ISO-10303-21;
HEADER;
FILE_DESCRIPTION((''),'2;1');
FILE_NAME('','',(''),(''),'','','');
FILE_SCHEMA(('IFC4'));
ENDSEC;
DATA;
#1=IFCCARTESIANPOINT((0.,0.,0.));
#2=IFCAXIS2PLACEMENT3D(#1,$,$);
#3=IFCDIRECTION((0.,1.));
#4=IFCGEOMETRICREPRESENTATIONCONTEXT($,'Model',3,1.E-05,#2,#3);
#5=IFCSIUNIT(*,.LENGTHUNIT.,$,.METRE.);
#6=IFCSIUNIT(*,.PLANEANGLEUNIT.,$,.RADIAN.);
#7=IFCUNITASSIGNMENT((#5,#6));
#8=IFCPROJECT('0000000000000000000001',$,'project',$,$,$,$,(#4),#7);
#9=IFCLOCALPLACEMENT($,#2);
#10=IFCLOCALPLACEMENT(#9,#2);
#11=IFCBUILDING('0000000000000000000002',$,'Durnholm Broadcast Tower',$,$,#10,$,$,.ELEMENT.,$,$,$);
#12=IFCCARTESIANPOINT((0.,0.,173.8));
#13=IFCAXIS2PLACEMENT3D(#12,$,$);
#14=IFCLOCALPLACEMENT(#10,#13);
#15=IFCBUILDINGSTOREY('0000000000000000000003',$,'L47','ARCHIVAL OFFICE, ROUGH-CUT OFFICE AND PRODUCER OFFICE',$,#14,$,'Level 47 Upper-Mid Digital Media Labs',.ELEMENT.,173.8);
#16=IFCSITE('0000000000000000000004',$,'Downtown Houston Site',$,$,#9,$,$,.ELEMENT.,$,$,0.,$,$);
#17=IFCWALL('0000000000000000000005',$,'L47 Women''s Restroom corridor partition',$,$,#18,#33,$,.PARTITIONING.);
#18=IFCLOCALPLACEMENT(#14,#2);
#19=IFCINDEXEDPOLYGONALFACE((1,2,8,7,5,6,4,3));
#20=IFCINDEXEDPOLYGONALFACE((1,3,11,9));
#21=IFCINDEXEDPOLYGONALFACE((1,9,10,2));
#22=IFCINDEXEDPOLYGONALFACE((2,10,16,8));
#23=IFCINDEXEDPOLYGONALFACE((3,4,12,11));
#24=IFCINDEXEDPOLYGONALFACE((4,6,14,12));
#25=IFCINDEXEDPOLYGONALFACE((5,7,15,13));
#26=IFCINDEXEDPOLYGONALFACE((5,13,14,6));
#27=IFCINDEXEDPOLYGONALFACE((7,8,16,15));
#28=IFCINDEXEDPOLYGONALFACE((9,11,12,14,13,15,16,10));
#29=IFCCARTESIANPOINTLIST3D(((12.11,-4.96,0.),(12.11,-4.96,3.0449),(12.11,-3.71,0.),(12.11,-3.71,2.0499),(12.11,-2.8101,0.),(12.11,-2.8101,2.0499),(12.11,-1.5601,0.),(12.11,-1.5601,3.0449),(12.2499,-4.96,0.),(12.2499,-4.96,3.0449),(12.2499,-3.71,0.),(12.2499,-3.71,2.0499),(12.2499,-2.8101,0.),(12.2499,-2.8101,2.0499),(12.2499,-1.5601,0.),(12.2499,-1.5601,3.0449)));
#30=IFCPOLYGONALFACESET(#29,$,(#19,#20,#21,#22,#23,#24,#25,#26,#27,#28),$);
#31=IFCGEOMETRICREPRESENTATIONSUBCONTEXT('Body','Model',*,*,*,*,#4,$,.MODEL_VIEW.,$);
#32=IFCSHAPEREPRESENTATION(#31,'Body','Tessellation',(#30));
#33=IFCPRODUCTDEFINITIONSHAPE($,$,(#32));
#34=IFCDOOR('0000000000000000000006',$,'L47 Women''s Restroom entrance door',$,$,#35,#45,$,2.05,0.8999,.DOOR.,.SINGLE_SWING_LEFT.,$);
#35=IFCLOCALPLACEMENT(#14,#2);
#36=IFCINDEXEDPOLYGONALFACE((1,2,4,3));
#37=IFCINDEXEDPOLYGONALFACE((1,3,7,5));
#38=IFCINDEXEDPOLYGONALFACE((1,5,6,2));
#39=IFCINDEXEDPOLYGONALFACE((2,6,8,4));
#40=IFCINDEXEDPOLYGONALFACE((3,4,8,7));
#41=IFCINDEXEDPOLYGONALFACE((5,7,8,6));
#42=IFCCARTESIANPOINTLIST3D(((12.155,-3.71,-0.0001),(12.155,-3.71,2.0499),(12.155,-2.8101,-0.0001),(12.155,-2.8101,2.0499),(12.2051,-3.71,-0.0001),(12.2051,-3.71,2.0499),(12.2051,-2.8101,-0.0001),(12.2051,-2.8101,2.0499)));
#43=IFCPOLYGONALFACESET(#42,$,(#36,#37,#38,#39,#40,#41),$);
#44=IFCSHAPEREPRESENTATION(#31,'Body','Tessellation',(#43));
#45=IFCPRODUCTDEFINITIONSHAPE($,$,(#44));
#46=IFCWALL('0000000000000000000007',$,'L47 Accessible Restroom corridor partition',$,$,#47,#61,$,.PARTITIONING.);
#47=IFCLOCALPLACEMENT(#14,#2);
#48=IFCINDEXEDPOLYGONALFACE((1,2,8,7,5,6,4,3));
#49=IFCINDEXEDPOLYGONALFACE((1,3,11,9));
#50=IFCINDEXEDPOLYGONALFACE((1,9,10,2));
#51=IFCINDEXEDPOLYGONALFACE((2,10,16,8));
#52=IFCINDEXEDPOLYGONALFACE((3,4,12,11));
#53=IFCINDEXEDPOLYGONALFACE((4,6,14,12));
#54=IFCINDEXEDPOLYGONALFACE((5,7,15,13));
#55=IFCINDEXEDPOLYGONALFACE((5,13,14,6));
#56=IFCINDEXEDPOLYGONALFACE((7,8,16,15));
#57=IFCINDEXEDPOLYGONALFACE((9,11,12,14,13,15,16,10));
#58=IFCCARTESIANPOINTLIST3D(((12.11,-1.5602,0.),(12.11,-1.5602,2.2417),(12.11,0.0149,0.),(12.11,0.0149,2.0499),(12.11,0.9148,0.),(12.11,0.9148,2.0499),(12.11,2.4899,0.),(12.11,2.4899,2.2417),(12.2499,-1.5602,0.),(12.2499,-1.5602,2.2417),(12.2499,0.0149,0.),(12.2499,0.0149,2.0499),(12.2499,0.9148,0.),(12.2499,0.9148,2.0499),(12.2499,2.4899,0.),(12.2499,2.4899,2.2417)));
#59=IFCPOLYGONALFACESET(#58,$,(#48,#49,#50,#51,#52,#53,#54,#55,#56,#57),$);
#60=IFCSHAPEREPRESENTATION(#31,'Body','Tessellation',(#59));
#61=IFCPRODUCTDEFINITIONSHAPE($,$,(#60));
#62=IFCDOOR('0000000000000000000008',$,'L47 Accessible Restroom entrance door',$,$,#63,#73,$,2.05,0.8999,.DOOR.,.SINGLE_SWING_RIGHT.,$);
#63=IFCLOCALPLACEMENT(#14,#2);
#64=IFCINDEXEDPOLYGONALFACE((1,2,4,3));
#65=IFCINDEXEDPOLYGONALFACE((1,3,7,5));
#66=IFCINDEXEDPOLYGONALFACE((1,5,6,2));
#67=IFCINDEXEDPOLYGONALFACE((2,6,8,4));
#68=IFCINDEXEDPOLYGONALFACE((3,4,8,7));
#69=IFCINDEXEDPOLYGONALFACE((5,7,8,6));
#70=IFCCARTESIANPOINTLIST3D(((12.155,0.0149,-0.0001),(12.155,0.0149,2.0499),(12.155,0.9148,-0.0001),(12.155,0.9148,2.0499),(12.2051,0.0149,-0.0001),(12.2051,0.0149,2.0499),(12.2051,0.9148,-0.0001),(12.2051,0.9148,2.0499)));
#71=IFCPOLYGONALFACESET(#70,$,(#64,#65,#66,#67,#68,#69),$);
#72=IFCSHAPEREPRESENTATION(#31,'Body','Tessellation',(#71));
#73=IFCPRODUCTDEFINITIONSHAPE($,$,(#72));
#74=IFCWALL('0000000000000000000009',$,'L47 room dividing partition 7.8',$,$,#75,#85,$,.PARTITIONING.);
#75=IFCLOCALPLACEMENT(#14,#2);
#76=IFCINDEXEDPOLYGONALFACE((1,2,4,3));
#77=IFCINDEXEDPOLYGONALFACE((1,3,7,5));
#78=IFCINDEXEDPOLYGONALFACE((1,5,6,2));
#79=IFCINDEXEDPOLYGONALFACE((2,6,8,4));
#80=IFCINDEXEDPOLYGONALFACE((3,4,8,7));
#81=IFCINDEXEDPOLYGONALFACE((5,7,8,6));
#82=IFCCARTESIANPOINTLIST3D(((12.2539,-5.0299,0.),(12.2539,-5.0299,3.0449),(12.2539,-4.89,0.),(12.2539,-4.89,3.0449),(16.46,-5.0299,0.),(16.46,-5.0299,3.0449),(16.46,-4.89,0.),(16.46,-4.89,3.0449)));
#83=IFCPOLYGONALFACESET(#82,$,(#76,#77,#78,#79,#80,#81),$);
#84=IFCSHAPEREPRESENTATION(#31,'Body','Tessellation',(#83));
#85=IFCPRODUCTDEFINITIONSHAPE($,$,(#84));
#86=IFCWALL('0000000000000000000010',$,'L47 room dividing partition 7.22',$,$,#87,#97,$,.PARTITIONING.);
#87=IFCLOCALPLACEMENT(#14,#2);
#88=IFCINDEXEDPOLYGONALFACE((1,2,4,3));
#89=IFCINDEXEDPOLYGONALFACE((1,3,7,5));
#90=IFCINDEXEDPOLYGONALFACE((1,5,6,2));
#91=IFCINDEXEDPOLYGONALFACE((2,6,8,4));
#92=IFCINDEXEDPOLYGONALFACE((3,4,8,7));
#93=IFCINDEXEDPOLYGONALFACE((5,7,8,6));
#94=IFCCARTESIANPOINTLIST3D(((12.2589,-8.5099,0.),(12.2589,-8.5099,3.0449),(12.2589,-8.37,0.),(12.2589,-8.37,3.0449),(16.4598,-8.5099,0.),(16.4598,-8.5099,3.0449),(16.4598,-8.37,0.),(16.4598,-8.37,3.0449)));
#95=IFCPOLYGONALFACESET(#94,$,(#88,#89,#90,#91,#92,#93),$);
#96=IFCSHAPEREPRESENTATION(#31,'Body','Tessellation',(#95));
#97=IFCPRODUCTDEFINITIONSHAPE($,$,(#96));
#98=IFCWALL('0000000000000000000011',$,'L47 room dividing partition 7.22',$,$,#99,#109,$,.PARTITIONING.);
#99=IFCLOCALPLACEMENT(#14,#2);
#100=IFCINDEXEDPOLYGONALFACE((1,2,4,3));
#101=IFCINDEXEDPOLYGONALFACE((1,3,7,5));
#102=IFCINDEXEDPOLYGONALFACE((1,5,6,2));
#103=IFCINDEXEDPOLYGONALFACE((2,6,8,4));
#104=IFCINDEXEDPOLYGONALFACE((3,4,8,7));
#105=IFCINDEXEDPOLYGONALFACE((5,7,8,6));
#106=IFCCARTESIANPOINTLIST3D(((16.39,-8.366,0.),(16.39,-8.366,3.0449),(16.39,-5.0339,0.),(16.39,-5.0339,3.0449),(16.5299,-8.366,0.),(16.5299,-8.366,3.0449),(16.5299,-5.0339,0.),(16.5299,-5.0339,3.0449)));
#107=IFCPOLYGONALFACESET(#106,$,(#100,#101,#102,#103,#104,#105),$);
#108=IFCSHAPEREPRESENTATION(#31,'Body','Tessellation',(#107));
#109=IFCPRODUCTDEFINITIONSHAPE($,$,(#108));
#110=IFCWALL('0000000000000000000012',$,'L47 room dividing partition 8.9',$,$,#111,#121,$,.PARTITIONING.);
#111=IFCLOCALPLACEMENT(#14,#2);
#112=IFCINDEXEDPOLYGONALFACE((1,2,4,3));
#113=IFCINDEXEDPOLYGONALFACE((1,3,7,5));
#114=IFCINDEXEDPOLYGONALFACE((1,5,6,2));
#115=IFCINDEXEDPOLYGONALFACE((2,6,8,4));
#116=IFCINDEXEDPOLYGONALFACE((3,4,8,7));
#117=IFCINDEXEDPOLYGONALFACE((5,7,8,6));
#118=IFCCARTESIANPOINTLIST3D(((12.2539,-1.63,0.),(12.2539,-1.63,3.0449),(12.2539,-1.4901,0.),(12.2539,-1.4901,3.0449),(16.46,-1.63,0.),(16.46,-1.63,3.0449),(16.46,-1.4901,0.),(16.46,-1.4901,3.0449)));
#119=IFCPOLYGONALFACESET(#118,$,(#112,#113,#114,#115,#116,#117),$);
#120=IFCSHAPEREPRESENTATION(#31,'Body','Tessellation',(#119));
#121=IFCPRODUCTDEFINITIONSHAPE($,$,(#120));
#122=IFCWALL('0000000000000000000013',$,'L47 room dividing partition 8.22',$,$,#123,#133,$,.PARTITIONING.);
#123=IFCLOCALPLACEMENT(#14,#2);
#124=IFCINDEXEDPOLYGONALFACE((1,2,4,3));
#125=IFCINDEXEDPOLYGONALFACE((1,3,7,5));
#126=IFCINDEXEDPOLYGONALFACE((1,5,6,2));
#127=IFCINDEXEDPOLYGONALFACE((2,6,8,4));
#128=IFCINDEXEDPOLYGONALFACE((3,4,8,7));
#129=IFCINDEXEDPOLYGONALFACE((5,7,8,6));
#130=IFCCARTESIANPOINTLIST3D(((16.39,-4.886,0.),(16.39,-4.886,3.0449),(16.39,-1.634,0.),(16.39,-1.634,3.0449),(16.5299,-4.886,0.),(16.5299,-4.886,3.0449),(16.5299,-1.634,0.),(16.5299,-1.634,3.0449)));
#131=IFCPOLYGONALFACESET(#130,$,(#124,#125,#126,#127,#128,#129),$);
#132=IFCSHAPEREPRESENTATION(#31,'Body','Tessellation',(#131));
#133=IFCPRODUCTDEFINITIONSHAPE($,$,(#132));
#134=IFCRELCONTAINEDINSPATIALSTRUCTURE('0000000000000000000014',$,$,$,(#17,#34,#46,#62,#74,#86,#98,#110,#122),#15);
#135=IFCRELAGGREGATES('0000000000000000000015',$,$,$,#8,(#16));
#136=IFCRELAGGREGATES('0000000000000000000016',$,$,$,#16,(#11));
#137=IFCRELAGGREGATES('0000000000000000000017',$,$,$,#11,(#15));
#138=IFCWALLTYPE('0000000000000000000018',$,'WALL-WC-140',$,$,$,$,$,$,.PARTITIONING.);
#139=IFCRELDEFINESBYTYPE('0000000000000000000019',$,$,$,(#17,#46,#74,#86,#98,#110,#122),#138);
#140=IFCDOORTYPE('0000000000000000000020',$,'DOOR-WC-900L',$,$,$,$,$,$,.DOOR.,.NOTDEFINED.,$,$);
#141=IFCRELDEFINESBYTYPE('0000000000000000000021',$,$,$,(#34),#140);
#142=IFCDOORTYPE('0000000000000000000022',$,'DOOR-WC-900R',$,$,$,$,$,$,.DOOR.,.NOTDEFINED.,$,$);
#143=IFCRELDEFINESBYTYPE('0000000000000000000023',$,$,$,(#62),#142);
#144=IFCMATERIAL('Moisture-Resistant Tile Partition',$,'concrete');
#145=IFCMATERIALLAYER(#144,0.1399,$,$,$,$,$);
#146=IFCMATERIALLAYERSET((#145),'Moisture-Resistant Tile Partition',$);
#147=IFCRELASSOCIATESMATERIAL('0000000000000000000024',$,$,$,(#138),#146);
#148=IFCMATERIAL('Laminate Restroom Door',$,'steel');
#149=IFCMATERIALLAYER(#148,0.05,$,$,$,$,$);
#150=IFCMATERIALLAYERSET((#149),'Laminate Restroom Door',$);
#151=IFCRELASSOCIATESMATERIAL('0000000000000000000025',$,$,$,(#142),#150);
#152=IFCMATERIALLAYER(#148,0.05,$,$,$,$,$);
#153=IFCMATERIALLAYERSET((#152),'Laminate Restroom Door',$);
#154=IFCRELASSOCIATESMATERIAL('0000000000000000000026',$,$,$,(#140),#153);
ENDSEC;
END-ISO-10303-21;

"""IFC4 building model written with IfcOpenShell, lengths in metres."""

from ifc_helpers import new_model, si_unit, direction, frame, frame_2d, origin, place, context, subcontext, project, spatial, rectangle, extrude, source, transform, mapped, material, layer, layer_set, type_object, type_shapes, element, fill, save


model = new_model("IFC4")

# Units and contexts
model_context = context("Model", 3, precision=1e-05, world=origin(), true_north=direction((0.0, 1.0)))
body_context = subcontext(model_context, "Body", "Model", "MODEL_VIEW")
ifc_project = project(units=[si_unit("LENGTHUNIT", "METRE"), si_unit("PLANEANGLEUNIT", "RADIAN")], contexts=[model_context])

# Site, building, storey
site_placement = place(None, origin())
site = spatial("IfcSite", under=ifc_project, at=site_placement, Name="Downtown Houston Site", CompositionType="ELEMENT", RefElevation=0.0)
building_placement = place(site_placement, origin())
building = spatial("IfcBuilding", under=site, at=building_placement, Name="Durnholm Broadcast Tower", CompositionType="ELEMENT")
storey_placement = place(building_placement, frame((0.0, 0.0, 173.8)))
storey = spatial("IfcBuildingStorey", under=building, at=storey_placement, Name="L47", Description="ARCHIVAL OFFICE, ROUGH-CUT OFFICE AND PRODUCER OFFICE", LongName="Level 47 Upper-Mid Digital Media Labs", CompositionType="ELEMENT", Elevation=173.8)

# Walls, openings, doors
ifc_material_1 = material(Name="Moisture-Resistant Tile Partition", Category="concrete")
ifc_layer_1 = layer(ifc_material_1, 0.1399)
ifc_layer_set_1 = layer_set([ifc_layer_1], Name="Moisture-Resistant Tile Partition")
wall_type = type_object("IfcWallType", Name="WALL-WC-140", PredefinedType="PARTITIONING", material=ifc_layer_set_1)
ifc_material_2 = material(Name="Laminate Restroom Door", Category="steel")
ifc_layer_2 = layer(ifc_material_2, 0.05)
ifc_layer_set_2 = layer_set([ifc_layer_2], Name="Laminate Restroom Door")
door_type_1 = type_object("IfcDoorType", Name="DOOR-WC-900R", OperationType="NOTDEFINED", PredefinedType="DOOR", material=ifc_layer_set_2)
shared_shape_1 = source(origin(), body_context, "Body", "SweptSolid", [
    extrude(rectangle(XDim=0.8999, YDim=2.05, at=frame_2d((0.45, 1.0249))), frame((0.0, 0.0249, 0.0), z_axis=(0.0, -1.0, 0.0), x_axis=(1.0, 0.0, 0.0)), (0.0, 0.0, 1.0), 0.05),
])
type_shapes(door_type_1, [shared_shape_1])
wall_1_placement = place(storey_placement, frame((12.1799, -4.96, 0.0), z_axis=(0.0, 0.0, 1.0), x_axis=(0.0, 1.0, 0.0)))
wall_1 = element("IfcWall", 1, at=wall_1_placement, inside=storey, type_object=wall_type, Name="L47 Women's Restroom corridor partition", PredefinedType="PARTITIONING", context=body_context, shape_type="SweptSolid", body=[
    extrude(rectangle(XDim=3.3999, YDim=0.1399, at=frame_2d((1.7, 0.0))), origin(), (0.0, 0.0, 1.0), 3.0449),
])
opening_1_placement = place(wall_1_placement, frame((1.25, 0.0, 0.0)))
opening_1 = element("IfcOpeningElement", 2, at=opening_1_placement, cuts=wall_1, PredefinedType="OPENING", context=body_context, shape_type="SweptSolid", body=[
    extrude(rectangle(XDim=0.8999, YDim=2.05, at=frame_2d((0.45, 1.0249))), frame((0.0, 0.0801, 0.0), z_axis=(0.0, -1.0, 0.0), x_axis=(1.0, 0.0, 0.0)), (0.0, 0.0, 1.0), 0.1599),
])
ifc_layer_3 = layer(ifc_material_2, 0.05)
ifc_layer_set_3 = layer_set([ifc_layer_3], Name="Laminate Restroom Door")
door_type_2 = type_object("IfcDoorType", Name="DOOR-WC-900L", OperationType="NOTDEFINED", PredefinedType="DOOR", material=ifc_layer_set_3)
shared_shape_2 = source(origin(), body_context, "Body", "SweptSolid", [
    extrude(rectangle(XDim=0.8999, YDim=2.05, at=frame_2d((0.45, 1.0249))), frame((0.0, 0.0249, 0.0), z_axis=(0.0, -1.0, 0.0), x_axis=(1.0, 0.0, 0.0)), (0.0, 0.0, 1.0), 0.05),
])
type_shapes(door_type_2, [shared_shape_2])
door_1_placement = place(opening_1_placement, origin())
door_1 = element("IfcDoor", 3, at=door_1_placement, inside=storey, type_object=door_type_2, Name="L47 Women's Restroom entrance door", OperationType="SINGLE_SWING_LEFT", OverallHeight=2.05, OverallWidth=0.8999, PredefinedType="DOOR", context=body_context, shape_type="MappedRepresentation", body=[
    mapped(shared_shape_2, transform((0.0, 0.0, 0.0), x_axis=(1.0, 0.0, 0.0), y_axis=(0.0, 1.0, 0.0), z_axis=(0.0, 0.0, 1.0), scale=1.0)),
])
fill(opening_1, door_1)
wall_2_placement = place(storey_placement, frame((12.1799, -1.5601, 0.0), z_axis=(0.0, 0.0, 1.0), x_axis=(0.0, 1.0, 0.0)))
wall_2 = element("IfcWall", 4, at=wall_2_placement, inside=storey, type_object=wall_type, Name="L47 Accessible Restroom corridor partition", PredefinedType="PARTITIONING", context=body_context, shape_type="SweptSolid", body=[
    extrude(rectangle(XDim=4.05, YDim=0.1399, at=frame_2d((2.0249, 0.0))), origin(), (0.0, 0.0, 1.0), 2.2417),
])
opening_2_placement = place(wall_2_placement, frame((1.575, 0.0, 0.0)))
opening_2 = element("IfcOpeningElement", 5, at=opening_2_placement, cuts=wall_2, PredefinedType="OPENING", context=body_context, shape_type="SweptSolid", body=[
    extrude(rectangle(XDim=0.8999, YDim=2.05, at=frame_2d((0.45, 1.0249))), frame((0.0, 0.0801, 0.0), z_axis=(0.0, -1.0, 0.0), x_axis=(1.0, 0.0, 0.0)), (0.0, 0.0, 1.0), 0.1599),
])
door_2_placement = place(opening_2_placement, origin())
door_2 = element("IfcDoor", 6, at=door_2_placement, inside=storey, type_object=door_type_1, Name="L47 Accessible Restroom entrance door", OperationType="SINGLE_SWING_RIGHT", OverallHeight=2.05, OverallWidth=0.8999, PredefinedType="DOOR", context=body_context, shape_type="MappedRepresentation", body=[
    mapped(shared_shape_1, transform((0.0, 0.0, 0.0), x_axis=(1.0, 0.0, 0.0), y_axis=(0.0, 1.0, 0.0), z_axis=(0.0, 0.0, 1.0), scale=1.0)),
])
fill(opening_2, door_2)

# Walls
wall_3_placement = place(storey_placement, frame((12.2539, -4.96, 0.0), z_axis=(0.0, 0.0, 1.0), x_axis=(1.0, 0.0, 0.0)))
element("IfcWall", 7, at=wall_3_placement, inside=storey, type_object=wall_type, Name="L47 room dividing partition 7.8", PredefinedType="PARTITIONING", context=body_context, shape_type="SweptSolid", body=[
    extrude(rectangle(XDim=4.2061, YDim=0.1399, at=frame_2d((2.103, 0.0))), origin(), (0.0, 0.0, 1.0), 3.0449),
])
wall_4_placement = place(storey_placement, frame((16.46, -8.4399, 0.0), z_axis=(0.0, 0.0, 1.0), x_axis=(-1.0, 0.0, 0.0)))
element("IfcWall", 8, at=wall_4_placement, inside=storey, type_object=wall_type, Name="L47 room dividing partition 7.22", PredefinedType="PARTITIONING", context=body_context, shape_type="SweptSolid", body=[
    extrude(rectangle(XDim=4.2009, YDim=0.1399, at=frame_2d((2.1006, 0.0))), origin(), (0.0, 0.0, 1.0), 3.0449),
])
wall_5_placement = place(storey_placement, frame((16.46, -5.0339, 0.0), z_axis=(0.0, 0.0, 1.0), x_axis=(0.0, -1.0, 0.0)))
element("IfcWall", 9, at=wall_5_placement, inside=storey, type_object=wall_type, Name="L47 room dividing partition 7.22", PredefinedType="PARTITIONING", context=body_context, shape_type="SweptSolid", body=[
    extrude(rectangle(XDim=3.332, YDim=0.1399, at=frame_2d((1.666, 0.0))), origin(), (0.0, 0.0, 1.0), 3.0449),
])
wall_6_placement = place(storey_placement, frame((12.2539, -1.5601, 0.0), z_axis=(0.0, 0.0, 1.0), x_axis=(1.0, 0.0, 0.0)))
element("IfcWall", 10, at=wall_6_placement, inside=storey, type_object=wall_type, Name="L47 room dividing partition 8.9", PredefinedType="PARTITIONING", context=body_context, shape_type="SweptSolid", body=[
    extrude(rectangle(XDim=4.2061, YDim=0.1399, at=frame_2d((2.103, 0.0))), origin(), (0.0, 0.0, 1.0), 3.0449),
])
wall_7_placement = place(storey_placement, frame((16.46, -1.634, 0.0), z_axis=(0.0, 0.0, 1.0), x_axis=(0.0, -1.0, 0.0)))
element("IfcWall", 11, at=wall_7_placement, inside=storey, type_object=wall_type, Name="L47 room dividing partition 8.22", PredefinedType="PARTITIONING", context=body_context, shape_type="SweptSolid", body=[
    extrude(rectangle(XDim=3.252, YDim=0.1399, at=frame_2d((1.626, 0.0))), origin(), (0.0, 0.0, 1.0), 3.0449),
])

save(model, "model.ifc")
